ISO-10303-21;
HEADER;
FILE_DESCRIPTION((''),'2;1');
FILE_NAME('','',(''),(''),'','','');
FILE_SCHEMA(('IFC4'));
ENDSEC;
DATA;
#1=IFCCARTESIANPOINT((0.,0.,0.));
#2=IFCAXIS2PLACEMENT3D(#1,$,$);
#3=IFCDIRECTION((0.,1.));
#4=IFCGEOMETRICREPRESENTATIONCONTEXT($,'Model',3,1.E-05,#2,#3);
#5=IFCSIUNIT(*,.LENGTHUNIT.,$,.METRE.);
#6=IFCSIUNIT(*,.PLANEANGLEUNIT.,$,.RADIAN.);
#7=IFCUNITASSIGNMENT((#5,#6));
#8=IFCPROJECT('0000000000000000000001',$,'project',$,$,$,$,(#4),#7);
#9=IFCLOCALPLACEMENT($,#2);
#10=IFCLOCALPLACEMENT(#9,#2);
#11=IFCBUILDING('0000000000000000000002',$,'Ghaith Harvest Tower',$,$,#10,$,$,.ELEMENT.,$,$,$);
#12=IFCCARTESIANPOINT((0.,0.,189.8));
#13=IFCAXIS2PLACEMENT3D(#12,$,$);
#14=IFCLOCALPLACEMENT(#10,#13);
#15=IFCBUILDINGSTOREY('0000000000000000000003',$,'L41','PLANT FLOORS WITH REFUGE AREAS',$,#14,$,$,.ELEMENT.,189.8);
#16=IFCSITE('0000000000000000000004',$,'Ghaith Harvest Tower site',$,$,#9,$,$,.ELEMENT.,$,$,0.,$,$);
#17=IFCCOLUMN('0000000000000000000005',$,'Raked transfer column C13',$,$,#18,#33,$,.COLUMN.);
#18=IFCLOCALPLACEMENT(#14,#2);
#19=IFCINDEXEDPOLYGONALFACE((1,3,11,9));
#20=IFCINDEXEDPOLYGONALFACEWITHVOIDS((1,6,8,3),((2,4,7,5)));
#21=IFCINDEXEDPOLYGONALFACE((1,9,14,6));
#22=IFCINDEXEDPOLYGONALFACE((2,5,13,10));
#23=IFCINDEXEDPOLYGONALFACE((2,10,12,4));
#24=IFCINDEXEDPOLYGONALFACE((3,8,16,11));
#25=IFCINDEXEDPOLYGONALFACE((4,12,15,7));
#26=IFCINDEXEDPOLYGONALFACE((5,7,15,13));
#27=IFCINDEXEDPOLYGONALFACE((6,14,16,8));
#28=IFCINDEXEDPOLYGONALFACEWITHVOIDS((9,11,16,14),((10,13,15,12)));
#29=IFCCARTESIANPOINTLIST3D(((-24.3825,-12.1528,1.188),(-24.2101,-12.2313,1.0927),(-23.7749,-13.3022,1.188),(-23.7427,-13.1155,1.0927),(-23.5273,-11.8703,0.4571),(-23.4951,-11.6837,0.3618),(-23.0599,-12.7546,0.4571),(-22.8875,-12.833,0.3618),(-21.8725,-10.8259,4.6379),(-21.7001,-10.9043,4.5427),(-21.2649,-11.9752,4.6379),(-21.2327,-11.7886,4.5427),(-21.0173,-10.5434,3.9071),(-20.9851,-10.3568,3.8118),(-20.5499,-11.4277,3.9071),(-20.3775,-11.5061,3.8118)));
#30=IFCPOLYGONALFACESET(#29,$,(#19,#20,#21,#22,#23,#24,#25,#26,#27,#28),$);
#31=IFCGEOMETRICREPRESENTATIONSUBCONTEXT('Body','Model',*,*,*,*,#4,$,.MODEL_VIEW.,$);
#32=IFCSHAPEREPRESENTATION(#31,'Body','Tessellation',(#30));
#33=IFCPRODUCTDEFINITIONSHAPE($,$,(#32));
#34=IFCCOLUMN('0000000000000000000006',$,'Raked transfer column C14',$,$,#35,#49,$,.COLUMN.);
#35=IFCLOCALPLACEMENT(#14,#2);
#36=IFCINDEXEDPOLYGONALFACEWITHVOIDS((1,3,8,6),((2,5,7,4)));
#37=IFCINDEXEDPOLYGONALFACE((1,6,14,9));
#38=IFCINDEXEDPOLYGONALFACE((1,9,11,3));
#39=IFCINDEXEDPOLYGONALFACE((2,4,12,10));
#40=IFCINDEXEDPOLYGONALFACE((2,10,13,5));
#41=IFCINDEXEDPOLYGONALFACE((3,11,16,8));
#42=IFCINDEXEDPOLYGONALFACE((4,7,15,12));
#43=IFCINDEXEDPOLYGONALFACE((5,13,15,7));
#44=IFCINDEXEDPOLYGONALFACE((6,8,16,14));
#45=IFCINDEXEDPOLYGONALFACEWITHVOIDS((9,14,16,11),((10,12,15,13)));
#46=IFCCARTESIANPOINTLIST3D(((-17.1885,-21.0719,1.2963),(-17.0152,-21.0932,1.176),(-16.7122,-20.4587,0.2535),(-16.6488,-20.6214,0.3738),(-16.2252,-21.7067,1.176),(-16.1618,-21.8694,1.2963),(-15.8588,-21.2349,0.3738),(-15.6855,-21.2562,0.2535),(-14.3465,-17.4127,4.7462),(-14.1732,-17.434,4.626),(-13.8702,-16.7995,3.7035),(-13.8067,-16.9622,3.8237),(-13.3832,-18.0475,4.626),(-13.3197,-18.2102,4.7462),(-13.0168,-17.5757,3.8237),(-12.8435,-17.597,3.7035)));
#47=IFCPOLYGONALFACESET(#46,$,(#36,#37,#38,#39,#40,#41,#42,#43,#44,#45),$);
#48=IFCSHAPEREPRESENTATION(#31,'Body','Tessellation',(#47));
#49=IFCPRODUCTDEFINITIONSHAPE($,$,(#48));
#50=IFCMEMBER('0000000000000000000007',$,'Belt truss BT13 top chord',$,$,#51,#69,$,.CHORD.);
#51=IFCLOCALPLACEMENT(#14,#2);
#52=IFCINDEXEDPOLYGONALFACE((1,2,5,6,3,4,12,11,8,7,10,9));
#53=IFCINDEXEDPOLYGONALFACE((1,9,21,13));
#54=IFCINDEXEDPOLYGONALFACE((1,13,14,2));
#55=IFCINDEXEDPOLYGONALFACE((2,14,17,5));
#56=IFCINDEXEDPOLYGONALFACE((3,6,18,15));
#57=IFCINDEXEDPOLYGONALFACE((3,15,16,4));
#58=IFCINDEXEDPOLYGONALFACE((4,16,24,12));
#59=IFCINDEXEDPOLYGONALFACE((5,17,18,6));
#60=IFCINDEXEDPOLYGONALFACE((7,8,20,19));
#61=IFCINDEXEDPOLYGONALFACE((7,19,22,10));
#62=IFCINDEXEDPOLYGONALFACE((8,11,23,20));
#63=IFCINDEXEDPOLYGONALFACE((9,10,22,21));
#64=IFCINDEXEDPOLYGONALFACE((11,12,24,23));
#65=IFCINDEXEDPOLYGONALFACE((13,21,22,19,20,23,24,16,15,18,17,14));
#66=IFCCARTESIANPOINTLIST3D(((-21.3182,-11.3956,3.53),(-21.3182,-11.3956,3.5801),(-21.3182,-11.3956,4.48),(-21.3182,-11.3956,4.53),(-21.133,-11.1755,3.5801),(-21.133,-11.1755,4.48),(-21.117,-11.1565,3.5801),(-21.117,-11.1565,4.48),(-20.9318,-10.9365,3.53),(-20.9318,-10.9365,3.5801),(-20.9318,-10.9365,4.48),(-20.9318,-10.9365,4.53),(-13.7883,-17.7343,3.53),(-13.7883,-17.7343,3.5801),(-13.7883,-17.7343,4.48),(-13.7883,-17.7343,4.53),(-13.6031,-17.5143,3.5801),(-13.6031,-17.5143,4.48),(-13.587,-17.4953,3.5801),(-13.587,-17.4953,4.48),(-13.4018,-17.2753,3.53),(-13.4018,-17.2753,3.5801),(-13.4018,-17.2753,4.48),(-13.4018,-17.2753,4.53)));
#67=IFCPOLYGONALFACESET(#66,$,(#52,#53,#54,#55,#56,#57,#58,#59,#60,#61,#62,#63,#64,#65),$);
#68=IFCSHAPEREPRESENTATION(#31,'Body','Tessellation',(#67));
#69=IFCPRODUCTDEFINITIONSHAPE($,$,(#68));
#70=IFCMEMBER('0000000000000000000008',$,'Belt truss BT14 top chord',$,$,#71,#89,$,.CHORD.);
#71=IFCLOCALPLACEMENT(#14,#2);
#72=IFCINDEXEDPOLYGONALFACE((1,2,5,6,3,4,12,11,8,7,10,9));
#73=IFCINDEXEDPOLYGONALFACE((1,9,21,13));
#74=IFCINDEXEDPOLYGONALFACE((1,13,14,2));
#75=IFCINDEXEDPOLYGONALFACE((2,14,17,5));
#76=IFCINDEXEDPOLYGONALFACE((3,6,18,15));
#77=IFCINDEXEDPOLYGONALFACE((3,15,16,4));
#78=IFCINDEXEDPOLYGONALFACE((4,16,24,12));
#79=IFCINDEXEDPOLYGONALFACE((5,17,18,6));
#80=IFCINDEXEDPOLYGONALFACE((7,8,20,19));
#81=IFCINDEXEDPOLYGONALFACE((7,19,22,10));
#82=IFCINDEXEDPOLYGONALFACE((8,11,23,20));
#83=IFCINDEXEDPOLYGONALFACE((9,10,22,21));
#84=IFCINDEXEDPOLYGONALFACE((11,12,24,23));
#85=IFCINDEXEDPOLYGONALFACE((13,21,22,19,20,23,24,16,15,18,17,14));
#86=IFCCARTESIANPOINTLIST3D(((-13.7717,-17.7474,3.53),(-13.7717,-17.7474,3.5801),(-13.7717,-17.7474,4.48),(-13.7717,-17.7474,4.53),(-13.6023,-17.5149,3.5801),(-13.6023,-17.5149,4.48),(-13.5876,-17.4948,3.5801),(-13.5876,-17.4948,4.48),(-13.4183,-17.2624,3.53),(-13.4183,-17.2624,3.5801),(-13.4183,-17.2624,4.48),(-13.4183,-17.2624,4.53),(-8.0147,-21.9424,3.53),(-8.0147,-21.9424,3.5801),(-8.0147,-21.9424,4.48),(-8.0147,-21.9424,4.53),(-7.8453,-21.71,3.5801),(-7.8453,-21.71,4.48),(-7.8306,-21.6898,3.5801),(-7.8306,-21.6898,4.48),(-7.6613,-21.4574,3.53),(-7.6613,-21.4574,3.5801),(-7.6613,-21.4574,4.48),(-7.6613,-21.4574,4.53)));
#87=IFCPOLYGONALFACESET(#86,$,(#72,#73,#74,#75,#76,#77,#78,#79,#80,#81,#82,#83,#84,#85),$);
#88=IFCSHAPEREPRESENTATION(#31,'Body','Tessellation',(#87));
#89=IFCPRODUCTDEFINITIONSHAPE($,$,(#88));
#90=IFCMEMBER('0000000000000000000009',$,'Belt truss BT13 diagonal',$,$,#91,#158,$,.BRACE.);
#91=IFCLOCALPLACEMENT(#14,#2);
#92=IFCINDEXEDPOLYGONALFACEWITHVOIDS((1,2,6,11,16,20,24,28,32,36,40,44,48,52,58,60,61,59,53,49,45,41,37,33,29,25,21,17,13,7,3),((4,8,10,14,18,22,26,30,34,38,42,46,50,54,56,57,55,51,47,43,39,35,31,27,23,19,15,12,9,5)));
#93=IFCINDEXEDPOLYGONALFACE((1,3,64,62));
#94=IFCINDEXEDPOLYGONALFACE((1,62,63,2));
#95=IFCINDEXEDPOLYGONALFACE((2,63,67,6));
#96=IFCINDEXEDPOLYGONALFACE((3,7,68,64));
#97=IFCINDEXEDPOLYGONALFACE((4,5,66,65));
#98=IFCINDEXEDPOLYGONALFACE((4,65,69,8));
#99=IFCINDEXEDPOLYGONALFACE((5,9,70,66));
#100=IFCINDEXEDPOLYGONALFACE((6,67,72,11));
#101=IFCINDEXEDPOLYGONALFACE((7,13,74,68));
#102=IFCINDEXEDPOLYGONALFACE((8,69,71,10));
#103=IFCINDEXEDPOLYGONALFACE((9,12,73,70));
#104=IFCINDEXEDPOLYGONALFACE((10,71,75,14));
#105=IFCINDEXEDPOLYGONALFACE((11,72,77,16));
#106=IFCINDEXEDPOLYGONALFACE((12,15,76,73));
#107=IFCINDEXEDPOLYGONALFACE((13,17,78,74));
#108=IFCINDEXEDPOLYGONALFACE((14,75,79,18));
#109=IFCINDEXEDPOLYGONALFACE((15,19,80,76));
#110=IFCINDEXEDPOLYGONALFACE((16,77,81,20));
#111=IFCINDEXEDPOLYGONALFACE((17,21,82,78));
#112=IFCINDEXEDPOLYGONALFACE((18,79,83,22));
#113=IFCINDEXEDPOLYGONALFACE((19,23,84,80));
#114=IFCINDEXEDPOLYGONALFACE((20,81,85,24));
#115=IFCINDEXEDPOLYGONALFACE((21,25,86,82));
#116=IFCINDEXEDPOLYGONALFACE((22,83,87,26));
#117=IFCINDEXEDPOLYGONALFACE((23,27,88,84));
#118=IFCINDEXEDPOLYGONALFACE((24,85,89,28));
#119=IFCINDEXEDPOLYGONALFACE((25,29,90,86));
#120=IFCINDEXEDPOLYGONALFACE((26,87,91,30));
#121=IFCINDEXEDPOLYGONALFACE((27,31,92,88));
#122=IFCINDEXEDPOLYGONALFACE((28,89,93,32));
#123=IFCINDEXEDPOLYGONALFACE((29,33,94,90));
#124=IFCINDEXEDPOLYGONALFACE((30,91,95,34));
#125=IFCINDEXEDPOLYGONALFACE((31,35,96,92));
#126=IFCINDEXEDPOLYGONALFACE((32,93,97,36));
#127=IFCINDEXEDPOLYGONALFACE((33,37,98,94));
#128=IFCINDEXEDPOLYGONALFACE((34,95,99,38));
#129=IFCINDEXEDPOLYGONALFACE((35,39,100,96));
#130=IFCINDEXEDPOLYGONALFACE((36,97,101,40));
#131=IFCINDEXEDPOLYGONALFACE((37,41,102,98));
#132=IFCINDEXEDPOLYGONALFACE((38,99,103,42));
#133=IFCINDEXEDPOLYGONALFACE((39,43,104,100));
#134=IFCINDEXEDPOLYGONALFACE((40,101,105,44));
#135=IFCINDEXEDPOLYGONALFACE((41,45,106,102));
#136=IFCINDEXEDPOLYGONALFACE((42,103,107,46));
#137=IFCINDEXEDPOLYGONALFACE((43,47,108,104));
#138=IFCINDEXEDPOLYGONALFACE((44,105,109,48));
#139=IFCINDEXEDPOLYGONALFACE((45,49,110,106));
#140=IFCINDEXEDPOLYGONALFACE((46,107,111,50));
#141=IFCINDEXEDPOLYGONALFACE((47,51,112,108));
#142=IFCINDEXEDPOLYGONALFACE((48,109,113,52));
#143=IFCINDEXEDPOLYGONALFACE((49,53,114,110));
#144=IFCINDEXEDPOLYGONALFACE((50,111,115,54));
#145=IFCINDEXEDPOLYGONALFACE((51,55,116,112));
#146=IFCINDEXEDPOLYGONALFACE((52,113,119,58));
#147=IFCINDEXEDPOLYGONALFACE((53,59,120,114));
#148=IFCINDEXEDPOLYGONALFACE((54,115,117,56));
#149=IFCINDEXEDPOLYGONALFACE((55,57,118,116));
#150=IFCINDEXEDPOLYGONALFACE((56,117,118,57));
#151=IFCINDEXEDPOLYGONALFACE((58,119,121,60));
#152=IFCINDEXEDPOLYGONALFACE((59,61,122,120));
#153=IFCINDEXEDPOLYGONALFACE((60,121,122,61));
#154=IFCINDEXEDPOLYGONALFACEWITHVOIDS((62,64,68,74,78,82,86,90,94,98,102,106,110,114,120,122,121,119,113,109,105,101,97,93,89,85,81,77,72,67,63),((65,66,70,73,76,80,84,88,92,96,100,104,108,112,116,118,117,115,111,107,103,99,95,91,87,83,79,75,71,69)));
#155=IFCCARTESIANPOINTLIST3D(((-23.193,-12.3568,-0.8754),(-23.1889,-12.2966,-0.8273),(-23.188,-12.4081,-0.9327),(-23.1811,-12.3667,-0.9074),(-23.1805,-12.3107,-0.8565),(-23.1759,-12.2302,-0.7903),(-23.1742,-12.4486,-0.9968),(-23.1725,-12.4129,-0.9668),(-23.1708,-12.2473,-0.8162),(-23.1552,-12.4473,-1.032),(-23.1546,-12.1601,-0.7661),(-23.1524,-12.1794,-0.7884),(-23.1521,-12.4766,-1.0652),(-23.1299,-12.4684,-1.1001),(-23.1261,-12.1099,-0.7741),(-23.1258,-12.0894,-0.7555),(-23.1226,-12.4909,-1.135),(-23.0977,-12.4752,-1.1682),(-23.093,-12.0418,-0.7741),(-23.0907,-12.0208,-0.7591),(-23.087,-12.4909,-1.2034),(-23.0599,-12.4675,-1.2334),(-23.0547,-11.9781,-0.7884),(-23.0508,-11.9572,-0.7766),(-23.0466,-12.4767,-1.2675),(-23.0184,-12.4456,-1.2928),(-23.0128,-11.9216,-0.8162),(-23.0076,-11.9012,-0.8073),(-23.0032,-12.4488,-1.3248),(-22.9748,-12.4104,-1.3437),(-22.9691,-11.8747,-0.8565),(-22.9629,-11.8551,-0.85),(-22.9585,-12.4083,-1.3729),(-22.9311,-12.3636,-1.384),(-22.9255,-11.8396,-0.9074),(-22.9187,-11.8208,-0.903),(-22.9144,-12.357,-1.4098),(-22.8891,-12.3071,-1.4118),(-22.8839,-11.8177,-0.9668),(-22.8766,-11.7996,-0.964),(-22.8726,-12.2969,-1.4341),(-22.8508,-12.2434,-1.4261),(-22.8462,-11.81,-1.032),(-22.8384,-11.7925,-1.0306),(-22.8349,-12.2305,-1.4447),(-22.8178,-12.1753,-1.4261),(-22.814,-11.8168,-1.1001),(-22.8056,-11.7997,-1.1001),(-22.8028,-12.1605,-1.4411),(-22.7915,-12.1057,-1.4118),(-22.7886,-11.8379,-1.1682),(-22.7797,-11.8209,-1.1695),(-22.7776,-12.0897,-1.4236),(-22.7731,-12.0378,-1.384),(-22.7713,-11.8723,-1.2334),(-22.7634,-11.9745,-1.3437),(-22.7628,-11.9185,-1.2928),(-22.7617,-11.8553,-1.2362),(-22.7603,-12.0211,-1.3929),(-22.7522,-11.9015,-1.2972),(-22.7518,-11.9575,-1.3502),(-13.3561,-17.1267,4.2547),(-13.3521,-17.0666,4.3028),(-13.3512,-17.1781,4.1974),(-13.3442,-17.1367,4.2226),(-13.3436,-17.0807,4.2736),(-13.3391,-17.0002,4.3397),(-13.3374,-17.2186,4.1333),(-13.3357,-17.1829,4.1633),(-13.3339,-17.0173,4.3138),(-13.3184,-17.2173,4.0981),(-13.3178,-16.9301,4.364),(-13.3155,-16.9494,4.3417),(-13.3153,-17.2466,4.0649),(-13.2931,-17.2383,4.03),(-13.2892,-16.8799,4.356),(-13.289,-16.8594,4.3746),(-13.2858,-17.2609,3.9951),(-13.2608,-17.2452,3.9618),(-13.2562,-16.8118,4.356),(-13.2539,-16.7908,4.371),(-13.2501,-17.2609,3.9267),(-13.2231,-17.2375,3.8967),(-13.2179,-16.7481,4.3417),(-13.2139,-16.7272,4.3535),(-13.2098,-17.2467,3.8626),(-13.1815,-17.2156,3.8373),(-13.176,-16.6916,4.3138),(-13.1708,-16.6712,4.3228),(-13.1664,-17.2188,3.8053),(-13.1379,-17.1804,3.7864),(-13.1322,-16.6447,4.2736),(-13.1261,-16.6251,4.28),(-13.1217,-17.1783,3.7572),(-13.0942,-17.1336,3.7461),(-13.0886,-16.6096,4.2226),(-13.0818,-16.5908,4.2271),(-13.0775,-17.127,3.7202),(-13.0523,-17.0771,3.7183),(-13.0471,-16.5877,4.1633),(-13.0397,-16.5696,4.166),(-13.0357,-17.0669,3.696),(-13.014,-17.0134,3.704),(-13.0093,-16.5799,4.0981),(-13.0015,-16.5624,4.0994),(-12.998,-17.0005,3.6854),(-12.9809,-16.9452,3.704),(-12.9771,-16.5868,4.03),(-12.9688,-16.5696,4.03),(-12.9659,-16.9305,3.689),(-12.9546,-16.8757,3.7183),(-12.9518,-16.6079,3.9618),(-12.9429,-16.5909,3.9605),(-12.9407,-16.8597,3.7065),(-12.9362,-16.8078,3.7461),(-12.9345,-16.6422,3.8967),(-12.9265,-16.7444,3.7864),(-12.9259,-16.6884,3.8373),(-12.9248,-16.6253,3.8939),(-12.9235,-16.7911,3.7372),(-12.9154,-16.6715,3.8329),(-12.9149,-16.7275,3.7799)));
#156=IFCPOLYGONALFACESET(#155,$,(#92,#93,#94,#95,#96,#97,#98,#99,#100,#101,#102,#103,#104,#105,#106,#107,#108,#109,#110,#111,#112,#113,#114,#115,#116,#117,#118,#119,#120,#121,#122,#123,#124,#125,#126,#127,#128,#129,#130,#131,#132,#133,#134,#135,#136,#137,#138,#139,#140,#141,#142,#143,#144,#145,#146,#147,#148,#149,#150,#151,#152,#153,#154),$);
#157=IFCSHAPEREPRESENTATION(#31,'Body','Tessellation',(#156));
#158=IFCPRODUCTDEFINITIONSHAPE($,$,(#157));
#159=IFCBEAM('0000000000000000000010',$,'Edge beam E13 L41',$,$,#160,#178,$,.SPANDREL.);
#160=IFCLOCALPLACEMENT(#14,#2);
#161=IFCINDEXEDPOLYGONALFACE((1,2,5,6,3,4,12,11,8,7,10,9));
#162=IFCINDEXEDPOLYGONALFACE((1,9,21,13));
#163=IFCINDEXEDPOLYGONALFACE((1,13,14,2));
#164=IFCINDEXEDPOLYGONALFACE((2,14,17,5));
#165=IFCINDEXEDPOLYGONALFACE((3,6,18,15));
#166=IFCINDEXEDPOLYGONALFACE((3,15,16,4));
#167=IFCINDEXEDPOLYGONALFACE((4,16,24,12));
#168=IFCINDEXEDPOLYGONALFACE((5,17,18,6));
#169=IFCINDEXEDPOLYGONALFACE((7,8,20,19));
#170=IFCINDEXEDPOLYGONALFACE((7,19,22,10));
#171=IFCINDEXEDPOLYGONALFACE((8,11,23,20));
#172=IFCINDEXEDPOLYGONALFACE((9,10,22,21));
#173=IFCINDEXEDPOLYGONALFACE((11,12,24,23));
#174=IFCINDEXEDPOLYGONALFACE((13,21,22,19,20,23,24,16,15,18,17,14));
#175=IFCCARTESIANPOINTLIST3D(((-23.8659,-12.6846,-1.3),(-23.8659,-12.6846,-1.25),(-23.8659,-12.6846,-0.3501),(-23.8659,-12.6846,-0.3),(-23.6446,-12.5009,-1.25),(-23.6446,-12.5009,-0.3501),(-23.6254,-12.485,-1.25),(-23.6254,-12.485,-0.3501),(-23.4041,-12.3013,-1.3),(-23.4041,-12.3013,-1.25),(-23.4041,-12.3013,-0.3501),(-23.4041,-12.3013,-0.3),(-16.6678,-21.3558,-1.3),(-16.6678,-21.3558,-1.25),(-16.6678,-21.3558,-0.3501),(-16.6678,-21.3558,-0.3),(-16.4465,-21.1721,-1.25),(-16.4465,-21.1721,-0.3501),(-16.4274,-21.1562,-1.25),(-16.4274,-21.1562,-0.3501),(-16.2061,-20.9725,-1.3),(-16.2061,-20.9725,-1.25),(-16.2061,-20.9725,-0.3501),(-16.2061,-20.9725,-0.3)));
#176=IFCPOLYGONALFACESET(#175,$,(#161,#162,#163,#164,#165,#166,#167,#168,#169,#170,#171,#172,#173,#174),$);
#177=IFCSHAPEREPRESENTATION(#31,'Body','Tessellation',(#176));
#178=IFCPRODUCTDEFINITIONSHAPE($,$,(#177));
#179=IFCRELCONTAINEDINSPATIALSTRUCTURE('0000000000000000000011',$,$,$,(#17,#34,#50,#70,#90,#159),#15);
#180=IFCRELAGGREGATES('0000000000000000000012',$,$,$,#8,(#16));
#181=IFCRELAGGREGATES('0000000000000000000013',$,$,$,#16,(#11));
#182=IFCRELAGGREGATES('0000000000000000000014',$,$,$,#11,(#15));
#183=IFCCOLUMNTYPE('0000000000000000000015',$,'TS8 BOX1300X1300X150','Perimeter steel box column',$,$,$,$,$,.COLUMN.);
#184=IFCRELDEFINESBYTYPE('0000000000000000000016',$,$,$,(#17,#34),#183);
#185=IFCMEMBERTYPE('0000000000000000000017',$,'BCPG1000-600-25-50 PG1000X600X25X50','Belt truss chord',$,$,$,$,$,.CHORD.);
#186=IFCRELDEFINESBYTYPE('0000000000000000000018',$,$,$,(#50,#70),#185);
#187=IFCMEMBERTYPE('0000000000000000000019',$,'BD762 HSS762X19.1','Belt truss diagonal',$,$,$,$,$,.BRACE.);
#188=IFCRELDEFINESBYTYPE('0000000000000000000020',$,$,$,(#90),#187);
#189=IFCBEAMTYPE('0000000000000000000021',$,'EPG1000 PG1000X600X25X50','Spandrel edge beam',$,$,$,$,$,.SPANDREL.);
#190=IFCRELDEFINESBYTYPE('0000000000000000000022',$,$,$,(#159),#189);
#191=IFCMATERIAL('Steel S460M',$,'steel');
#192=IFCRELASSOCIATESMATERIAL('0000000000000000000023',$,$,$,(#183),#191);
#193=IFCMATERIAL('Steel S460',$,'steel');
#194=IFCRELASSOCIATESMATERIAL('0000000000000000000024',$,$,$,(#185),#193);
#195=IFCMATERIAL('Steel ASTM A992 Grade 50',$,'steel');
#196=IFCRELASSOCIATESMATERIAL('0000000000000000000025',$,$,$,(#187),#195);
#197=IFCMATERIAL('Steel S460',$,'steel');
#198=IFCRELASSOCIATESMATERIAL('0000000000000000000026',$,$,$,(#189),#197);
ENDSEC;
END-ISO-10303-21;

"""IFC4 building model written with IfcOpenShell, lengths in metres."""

from ifc_helpers import new_model, si_unit, direction, frame, origin, origin_2d, place, context, subcontext, project, spatial, hollow_rectangle, hollow_circle, i_section, extrude, material, material_profile, profile_set, type_object, element, save


model = new_model("IFC4")

# Units and contexts
model_context = context("Model", 3, precision=1e-05, world=origin(), true_north=direction((0.0, 1.0)))
body_context = subcontext(model_context, "Body", "Model", "MODEL_VIEW")
ifc_project = project(units=[si_unit("LENGTHUNIT", "METRE"), si_unit("PLANEANGLEUNIT", "RADIAN")], contexts=[model_context])

# Site, building, storey
site_placement = place(None, origin())
site = spatial("IfcSite", under=ifc_project, at=site_placement, Name="Ghaith Harvest Tower site", CompositionType="ELEMENT", RefElevation=0.0)
building_placement = place(site_placement, origin())
building = spatial("IfcBuilding", under=site, at=building_placement, Name="Ghaith Harvest Tower", CompositionType="ELEMENT")
storey_placement = place(building_placement, frame((0.0, 0.0, 189.8)))
storey = spatial("IfcBuildingStorey", under=building, at=storey_placement, Name="L41", Description="PLANT FLOORS WITH REFUGE AREAS", CompositionType="ELEMENT", Elevation=189.8)

# Columns
ifc_material_1 = material(Name="Steel S460M", Category="steel")
ifc_material_profile_1 = material_profile(ifc_material_1, hollow_rectangle(XDim=1.3, YDim=1.3, WallThickness=0.1499, at=origin_2d()), Name="BOX1300X1300X150")
ifc_profile_set_1 = profile_set([ifc_material_profile_1], Name="Steel S460M")
column_type = type_object("IfcColumnType", Name="TS8 BOX1300X1300X150", Description="Perimeter steel box column", PredefinedType="COLUMN", material=ifc_profile_set_1)
column_1_placement = place(storey_placement, frame((-23.635, -12.4929, 0.7749), z_axis=(0.561775, 0.29698, 0.772147), x_axis=(-0.467358, 0.884068, 0.0)))
element("IfcColumn", 1, at=column_1_placement, inside=storey, type_object=column_type, Name="Raked transfer column C13", PredefinedType="COLUMN", context=body_context, shape_type="SweptSolid", body=[
    extrude(hollow_rectangle(XDim=1.3, YDim=1.3, WallThickness=0.1499, at=origin_2d()), origin(), (0.0, 0.0, 1.0), 4.468),
])
column_2_placement = place(storey_placement, frame((-16.437, -21.1641, 0.7749), z_axis=(0.491993, 0.63345, 0.59723), x_axis=(-0.789769, 0.613404, 0.0)))
element("IfcColumn", 2, at=column_2_placement, inside=storey, type_object=column_type, Name="Raked transfer column C14", PredefinedType="COLUMN", context=body_context, shape_type="SweptSolid", body=[
    extrude(hollow_rectangle(XDim=1.3, YDim=1.3, WallThickness=0.1499, at=origin_2d()), origin(), (0.0, 0.0, 1.0), 5.7766),
])

# Members
ifc_material_2 = material(Name="Steel S460", Category="steel")
ifc_material_profile_2 = material_profile(ifc_material_2, i_section(OverallWidth=0.6001, OverallDepth=1.0, WebThickness=0.0249, FlangeThickness=0.05, at=origin_2d()), Name="PG1000X600X25X50")
ifc_profile_set_2 = profile_set([ifc_material_profile_2], Name="Steel S460")
member_type_1 = type_object("IfcMemberType", Name="BCPG1000-600-25-50 PG1000X600X25X50", Description="Belt truss chord", PredefinedType="CHORD", material=ifc_profile_set_2)
member_1_placement = place(storey_placement, frame((-21.125, -11.166, 4.03), z_axis=(0.765022, -0.644004, 0.0), x_axis=(0.644004, 0.765022, 0.0)))
element("IfcMember", 3, at=member_1_placement, inside=storey, type_object=member_type_1, Name="Belt truss BT13 top chord", PredefinedType="CHORD", context=body_context, shape_type="SweptSolid", body=[
    extrude(i_section(OverallWidth=0.6001, OverallDepth=1.0, WebThickness=0.0249, FlangeThickness=0.05, at=origin_2d()), origin(), (0.0, 0.0, 1.0), 9.8428),
])
member_2_placement = place(storey_placement, frame((-13.595, -17.5049, 4.03), z_axis=(0.808195, -0.588915, 0.0), x_axis=(0.588915, 0.808195, 0.0)))
element("IfcMember", 4, at=member_2_placement, inside=storey, type_object=member_type_1, Name="Belt truss BT14 top chord", PredefinedType="CHORD", context=body_context, shape_type="SweptSolid", body=[
    extrude(i_section(OverallWidth=0.6001, OverallDepth=1.0, WebThickness=0.0249, FlangeThickness=0.05, at=origin_2d()), origin(), (0.0, 0.0, 1.0), 7.1233),
])
ifc_material_3 = material(Name="Steel ASTM A992 Grade 50", Category="steel")
ifc_material_profile_3 = material_profile(ifc_material_3, hollow_circle(Radius=0.3811, WallThickness=0.019, at=origin_2d()), Name="HSS762X19.1")
ifc_profile_set_3 = profile_set([ifc_material_profile_3], Name="Steel ASTM A992 Grade 50")
member_type_2 = type_object("IfcMemberType", Name="BD762 HSS762X19.1", Description="Belt truss diagonal", PredefinedType="BRACE", material=ifc_profile_set_3)
member_3_placement = place(storey_placement, frame((-22.9719, -12.1426, -1.1001), z_axis=(0.814566, -0.394991, 0.424811), x_axis=(0.436318, 0.899792, 0.0)))
element("IfcMember", 5, at=member_3_placement, inside=storey, type_object=member_type_2, Name="Belt truss BT13 diagonal", PredefinedType="BRACE", context=body_context, shape_type="SweptSolid", body=[
    extrude(hollow_circle(Radius=0.3811, WallThickness=0.019, at=origin_2d()), origin(), (0.0, 0.0, 1.0), 12.0762),
])

# Beam
ifc_material_4 = material(Name="Steel S460", Category="steel")
ifc_material_profile_4 = material_profile(ifc_material_4, i_section(OverallWidth=0.6001, OverallDepth=1.0, WebThickness=0.0249, FlangeThickness=0.05, at=origin_2d()), Name="PG1000X600X25X50")
ifc_profile_set_4 = profile_set([ifc_material_profile_4], Name="Steel S460")
beam_type = type_object("IfcBeamType", Name="EPG1000 PG1000X600X25X50", Description="Spandrel edge beam", PredefinedType="SPANDREL", material=ifc_profile_set_4)
beam_1_placement = place(storey_placement, frame((-23.635, -12.4929, -0.8), z_axis=(0.638719, -0.76944, 0.0), x_axis=(0.76944, 0.638719, 0.0)))
element("IfcBeam", 6, at=beam_1_placement, inside=storey, type_object=beam_type, Name="Edge beam E13 L41", PredefinedType="SPANDREL", context=body_context, shape_type="SweptSolid", body=[
    extrude(i_section(OverallWidth=0.6001, OverallDepth=1.0, WebThickness=0.0249, FlangeThickness=0.05, at=origin_2d()), origin(), (0.0, 0.0, 1.0), 11.2695),
])

save(model, "model.ifc")
